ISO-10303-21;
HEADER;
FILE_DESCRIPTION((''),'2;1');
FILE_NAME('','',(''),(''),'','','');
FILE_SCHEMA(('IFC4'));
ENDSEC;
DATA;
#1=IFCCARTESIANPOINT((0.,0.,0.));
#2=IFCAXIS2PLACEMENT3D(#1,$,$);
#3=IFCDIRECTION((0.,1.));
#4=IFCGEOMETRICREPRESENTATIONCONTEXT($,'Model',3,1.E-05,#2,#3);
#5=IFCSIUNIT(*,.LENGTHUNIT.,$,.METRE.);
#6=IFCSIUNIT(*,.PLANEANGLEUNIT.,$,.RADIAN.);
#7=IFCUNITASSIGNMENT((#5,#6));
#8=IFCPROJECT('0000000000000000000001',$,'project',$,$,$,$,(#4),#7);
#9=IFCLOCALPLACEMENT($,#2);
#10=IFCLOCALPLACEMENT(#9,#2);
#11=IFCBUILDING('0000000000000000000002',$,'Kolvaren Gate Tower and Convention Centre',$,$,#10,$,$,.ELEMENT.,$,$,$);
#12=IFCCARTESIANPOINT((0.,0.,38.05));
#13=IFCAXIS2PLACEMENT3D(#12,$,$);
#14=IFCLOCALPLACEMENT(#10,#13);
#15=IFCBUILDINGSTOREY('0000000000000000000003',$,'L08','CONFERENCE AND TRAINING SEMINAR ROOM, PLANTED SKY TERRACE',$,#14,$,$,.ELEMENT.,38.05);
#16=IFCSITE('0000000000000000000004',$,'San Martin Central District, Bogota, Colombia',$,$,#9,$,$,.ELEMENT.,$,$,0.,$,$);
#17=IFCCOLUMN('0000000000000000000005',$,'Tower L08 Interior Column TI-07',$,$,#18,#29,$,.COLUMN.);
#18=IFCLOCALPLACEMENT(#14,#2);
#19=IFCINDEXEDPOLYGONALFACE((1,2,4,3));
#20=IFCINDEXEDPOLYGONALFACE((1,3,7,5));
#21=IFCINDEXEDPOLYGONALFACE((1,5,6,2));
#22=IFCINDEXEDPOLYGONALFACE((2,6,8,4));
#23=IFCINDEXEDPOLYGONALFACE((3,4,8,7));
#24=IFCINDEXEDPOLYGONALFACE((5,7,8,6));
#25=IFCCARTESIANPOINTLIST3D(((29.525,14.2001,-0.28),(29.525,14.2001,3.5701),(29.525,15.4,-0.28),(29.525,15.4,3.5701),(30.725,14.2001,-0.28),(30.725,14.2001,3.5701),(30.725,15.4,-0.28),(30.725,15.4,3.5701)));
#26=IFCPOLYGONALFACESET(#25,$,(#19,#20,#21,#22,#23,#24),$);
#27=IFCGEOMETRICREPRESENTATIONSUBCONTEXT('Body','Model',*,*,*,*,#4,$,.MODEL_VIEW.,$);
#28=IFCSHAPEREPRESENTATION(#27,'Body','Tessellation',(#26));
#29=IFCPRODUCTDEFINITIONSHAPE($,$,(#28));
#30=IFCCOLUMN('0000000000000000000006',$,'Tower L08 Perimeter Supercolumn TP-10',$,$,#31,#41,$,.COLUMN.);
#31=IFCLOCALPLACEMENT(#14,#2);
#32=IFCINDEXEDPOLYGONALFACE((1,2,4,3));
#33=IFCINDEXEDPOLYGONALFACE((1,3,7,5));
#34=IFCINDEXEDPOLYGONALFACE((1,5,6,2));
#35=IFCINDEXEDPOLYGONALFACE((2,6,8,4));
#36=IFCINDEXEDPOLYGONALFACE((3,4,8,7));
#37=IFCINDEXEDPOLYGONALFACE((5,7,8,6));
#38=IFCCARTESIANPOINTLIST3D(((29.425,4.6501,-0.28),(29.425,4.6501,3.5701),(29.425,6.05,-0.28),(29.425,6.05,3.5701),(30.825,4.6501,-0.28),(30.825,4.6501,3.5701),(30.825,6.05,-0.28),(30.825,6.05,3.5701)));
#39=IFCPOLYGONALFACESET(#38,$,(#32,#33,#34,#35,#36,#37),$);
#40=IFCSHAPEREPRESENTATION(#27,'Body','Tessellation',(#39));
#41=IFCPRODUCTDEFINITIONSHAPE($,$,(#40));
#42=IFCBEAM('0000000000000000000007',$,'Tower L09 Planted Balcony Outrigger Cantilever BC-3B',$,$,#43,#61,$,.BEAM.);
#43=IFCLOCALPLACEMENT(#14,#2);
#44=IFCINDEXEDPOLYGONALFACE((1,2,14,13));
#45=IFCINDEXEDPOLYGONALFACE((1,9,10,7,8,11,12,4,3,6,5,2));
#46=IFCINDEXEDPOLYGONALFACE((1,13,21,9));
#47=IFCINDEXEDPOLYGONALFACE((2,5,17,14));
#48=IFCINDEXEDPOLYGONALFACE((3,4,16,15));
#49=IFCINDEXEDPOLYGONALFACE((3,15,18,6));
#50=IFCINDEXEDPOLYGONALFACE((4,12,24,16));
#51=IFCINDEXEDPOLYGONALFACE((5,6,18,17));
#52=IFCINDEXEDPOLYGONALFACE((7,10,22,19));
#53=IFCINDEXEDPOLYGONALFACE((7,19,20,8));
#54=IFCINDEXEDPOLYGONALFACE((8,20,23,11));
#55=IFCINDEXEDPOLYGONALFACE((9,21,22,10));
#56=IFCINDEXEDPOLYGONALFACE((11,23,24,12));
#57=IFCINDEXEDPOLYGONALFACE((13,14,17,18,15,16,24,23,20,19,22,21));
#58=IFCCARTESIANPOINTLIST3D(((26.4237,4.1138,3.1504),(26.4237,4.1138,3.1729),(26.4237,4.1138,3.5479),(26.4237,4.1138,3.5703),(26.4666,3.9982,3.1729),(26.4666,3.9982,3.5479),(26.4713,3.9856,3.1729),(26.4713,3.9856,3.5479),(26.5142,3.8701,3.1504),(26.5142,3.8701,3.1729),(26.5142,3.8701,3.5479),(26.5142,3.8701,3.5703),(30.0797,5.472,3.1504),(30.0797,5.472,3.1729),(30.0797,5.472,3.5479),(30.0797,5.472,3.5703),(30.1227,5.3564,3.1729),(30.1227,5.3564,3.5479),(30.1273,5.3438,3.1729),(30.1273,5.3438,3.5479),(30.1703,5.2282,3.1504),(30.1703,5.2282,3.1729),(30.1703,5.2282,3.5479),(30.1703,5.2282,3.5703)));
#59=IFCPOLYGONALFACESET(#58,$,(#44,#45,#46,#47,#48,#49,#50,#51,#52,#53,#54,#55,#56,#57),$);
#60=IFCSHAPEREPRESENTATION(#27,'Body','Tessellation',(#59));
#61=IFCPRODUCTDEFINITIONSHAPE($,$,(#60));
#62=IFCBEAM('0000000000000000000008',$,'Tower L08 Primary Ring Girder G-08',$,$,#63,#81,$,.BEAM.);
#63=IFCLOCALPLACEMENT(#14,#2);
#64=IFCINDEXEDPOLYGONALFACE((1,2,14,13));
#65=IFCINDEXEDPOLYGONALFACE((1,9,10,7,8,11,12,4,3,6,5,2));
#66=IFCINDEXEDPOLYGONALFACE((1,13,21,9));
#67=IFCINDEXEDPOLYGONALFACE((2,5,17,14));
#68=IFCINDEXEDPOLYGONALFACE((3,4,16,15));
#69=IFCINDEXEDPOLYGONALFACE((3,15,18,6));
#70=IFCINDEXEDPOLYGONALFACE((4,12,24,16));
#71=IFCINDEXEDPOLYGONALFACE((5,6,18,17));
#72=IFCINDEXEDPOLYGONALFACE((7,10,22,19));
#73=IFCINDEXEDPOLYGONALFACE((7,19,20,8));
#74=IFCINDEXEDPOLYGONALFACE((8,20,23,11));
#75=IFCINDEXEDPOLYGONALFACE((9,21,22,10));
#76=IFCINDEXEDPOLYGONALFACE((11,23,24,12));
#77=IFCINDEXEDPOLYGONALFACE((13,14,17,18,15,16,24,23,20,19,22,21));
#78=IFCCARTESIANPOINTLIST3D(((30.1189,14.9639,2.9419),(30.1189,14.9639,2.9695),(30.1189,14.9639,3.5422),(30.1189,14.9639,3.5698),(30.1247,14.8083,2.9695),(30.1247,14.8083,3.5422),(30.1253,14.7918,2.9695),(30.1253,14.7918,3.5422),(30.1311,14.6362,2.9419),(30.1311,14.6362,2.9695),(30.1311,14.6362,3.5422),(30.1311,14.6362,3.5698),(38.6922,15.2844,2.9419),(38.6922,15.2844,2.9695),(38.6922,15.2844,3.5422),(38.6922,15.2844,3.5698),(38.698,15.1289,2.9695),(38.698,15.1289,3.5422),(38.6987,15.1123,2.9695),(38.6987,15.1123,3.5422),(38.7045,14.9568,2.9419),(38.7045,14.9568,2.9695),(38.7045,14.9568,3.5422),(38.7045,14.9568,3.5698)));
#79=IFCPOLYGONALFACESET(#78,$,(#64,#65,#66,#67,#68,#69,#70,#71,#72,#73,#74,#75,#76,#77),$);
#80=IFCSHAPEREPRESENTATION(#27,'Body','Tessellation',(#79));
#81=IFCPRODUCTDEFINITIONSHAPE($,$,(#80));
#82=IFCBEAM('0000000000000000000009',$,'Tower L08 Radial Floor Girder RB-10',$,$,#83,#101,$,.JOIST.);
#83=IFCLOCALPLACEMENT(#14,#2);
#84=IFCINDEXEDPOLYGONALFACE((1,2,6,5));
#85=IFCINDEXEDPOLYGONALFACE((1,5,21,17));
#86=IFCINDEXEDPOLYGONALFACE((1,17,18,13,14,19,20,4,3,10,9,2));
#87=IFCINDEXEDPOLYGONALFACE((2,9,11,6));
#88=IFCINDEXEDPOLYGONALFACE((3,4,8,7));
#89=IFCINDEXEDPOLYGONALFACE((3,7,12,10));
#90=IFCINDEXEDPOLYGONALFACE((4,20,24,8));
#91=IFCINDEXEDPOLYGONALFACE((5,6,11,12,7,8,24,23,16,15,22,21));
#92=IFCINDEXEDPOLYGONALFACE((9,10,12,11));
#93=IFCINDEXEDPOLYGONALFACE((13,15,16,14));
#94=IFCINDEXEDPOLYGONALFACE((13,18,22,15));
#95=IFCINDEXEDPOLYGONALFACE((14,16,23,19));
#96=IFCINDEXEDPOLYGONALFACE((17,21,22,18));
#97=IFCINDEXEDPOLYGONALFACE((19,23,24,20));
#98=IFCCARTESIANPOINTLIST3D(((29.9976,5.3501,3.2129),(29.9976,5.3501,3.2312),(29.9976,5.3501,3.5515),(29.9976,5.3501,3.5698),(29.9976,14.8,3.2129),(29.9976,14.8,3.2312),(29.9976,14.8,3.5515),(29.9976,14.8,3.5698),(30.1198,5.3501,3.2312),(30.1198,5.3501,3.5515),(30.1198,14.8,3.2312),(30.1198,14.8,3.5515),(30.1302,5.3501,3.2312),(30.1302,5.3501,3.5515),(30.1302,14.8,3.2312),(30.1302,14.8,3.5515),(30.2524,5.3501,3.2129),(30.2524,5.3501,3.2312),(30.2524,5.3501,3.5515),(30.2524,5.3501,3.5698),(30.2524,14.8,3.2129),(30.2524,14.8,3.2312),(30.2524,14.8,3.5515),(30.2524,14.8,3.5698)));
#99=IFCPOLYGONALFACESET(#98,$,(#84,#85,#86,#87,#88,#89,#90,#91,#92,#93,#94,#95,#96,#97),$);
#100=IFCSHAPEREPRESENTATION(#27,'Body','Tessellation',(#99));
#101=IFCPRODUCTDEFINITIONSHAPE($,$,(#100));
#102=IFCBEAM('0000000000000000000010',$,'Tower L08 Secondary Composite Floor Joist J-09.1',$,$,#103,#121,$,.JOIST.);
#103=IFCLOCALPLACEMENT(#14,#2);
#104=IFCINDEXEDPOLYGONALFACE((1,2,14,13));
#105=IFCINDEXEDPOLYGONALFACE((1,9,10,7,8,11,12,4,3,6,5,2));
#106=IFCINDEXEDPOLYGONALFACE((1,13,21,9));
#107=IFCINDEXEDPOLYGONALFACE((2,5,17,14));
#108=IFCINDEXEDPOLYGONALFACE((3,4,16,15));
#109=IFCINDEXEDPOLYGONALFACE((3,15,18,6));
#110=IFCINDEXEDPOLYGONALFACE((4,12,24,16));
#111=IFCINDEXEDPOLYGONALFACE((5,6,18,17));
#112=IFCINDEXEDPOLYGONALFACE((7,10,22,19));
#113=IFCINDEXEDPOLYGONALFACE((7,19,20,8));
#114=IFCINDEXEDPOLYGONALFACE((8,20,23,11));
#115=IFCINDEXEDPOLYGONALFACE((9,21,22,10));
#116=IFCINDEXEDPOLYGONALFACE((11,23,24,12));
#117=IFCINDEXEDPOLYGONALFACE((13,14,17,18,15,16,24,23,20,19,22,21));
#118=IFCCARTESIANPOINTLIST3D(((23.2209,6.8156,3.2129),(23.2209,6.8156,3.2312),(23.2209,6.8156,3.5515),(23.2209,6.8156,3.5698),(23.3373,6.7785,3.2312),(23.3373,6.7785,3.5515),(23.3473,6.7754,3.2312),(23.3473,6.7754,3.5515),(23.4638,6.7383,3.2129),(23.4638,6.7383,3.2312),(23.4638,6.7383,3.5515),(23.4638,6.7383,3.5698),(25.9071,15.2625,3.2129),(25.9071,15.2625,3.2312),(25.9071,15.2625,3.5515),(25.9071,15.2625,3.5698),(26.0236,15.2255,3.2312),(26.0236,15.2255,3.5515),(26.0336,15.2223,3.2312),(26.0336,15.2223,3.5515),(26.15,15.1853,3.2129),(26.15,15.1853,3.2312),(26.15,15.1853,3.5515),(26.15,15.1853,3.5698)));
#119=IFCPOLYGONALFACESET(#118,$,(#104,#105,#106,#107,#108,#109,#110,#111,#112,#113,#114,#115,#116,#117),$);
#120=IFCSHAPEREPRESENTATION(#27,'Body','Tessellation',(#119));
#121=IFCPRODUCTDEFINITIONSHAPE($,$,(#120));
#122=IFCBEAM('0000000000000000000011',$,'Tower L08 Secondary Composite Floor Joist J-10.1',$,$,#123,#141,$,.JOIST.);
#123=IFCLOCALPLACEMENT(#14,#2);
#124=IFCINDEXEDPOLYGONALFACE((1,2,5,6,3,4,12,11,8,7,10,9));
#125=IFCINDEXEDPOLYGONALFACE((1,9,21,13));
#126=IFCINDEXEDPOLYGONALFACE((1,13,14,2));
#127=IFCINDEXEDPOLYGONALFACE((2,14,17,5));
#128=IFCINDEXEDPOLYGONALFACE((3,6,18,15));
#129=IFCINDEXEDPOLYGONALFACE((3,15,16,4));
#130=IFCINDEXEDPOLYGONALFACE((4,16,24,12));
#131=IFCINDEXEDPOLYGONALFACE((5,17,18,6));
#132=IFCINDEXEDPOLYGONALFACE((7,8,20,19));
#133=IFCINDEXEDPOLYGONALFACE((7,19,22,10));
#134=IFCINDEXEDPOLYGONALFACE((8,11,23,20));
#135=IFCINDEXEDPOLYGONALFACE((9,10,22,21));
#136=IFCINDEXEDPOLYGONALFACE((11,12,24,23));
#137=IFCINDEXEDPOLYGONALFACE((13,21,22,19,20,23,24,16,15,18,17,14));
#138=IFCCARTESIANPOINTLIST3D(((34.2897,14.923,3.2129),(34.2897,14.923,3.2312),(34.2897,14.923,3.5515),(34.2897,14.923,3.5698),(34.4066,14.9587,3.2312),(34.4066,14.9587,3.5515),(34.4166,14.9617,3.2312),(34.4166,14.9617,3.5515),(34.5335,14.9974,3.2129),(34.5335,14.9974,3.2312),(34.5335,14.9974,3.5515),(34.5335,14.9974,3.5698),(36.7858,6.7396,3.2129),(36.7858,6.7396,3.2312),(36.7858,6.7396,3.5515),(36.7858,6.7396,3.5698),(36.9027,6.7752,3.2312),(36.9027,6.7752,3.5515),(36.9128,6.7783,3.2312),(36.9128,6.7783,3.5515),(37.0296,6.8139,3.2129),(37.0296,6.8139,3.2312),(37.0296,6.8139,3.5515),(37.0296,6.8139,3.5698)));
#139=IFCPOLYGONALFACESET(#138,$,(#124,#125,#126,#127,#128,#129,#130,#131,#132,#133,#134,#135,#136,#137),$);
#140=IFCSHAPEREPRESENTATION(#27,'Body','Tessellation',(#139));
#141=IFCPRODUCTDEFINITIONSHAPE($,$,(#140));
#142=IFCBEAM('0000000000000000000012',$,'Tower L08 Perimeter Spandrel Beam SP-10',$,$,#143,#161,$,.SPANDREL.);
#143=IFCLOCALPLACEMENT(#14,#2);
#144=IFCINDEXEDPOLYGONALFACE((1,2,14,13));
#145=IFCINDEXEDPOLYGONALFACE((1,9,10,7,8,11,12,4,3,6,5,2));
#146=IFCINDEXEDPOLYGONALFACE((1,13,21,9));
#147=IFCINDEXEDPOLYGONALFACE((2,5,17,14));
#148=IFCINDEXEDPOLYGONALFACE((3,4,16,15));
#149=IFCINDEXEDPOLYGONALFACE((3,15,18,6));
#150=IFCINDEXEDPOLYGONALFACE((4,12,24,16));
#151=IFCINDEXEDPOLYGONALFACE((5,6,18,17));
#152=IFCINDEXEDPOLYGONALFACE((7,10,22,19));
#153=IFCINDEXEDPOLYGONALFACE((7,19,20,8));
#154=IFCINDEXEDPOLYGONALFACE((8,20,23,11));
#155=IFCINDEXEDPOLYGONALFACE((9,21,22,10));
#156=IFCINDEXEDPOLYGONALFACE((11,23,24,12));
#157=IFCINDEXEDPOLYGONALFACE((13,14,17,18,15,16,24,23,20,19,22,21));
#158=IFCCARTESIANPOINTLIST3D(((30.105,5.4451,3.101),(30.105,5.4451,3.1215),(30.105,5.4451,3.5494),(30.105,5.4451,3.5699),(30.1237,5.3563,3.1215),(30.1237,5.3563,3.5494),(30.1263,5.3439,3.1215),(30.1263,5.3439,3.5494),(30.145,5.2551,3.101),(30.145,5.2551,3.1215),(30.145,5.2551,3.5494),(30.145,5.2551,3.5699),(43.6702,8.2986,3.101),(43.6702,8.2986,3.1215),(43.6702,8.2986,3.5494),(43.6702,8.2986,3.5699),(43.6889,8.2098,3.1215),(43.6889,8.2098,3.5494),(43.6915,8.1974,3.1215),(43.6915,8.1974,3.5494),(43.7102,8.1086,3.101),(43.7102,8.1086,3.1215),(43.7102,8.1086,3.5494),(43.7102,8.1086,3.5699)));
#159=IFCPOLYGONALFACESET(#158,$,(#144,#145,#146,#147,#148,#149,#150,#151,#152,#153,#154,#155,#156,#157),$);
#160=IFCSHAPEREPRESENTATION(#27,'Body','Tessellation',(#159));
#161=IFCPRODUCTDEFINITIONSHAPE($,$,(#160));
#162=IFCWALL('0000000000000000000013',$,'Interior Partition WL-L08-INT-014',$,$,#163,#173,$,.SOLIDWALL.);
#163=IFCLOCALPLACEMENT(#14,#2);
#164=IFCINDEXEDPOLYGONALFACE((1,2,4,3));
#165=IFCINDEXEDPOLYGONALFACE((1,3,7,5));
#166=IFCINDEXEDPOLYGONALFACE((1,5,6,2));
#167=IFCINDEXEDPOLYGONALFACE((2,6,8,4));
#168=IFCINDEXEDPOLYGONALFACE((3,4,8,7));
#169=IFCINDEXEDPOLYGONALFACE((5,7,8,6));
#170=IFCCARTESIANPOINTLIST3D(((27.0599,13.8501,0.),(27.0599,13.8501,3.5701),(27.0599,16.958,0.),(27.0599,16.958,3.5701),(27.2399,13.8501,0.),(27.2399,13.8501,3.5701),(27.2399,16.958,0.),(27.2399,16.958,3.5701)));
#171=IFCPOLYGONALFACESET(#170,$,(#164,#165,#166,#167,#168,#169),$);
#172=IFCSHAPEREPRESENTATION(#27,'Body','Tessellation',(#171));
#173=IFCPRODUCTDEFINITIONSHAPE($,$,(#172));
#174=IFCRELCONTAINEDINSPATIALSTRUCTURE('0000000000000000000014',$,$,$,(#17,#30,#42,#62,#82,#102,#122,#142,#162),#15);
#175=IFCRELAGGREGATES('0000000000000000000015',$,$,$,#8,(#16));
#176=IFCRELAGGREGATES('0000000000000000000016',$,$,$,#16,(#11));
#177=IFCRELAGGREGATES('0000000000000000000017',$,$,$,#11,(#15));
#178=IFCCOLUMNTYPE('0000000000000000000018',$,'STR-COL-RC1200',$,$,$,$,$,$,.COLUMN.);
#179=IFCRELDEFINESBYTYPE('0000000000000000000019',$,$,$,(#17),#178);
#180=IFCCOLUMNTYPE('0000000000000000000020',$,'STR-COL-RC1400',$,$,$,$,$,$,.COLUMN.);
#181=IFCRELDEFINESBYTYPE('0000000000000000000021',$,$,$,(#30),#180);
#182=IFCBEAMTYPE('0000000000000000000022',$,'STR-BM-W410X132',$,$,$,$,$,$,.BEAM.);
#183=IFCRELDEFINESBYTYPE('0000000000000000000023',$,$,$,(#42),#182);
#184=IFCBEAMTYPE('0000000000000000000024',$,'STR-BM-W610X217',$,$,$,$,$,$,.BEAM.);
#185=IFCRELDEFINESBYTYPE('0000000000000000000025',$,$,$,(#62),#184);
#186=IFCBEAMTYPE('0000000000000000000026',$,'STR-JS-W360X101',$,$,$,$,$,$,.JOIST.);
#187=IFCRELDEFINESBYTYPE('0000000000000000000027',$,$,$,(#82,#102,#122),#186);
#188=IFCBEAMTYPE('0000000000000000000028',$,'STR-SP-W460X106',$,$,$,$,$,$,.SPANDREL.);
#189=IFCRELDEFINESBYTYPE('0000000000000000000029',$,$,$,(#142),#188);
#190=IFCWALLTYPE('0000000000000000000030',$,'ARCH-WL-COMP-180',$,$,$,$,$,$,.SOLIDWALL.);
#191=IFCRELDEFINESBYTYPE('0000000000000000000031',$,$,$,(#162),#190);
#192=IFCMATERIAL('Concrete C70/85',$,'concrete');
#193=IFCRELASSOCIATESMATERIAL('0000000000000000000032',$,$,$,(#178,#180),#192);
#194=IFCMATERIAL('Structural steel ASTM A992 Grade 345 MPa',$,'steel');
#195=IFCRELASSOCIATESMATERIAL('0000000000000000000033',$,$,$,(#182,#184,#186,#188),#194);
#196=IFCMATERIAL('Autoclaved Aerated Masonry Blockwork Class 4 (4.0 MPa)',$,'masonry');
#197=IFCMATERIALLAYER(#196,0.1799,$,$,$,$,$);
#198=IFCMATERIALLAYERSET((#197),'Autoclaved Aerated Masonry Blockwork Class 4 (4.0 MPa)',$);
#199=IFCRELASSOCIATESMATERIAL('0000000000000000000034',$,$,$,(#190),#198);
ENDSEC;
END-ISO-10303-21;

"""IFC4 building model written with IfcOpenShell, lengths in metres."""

from ifc_helpers import new_model, si_unit, direction, frame, frame_2d, origin, origin_2d, place, context, subcontext, project, spatial, rectangle, i_section, extrude, material, layer, layer_set, material_profile, profile_set, type_object, element, save


model = new_model("IFC4")

# Units and contexts
model_context = context("Model", 3, precision=1e-05, world=origin(), true_north=direction((0.0, 1.0)))
body_context = subcontext(model_context, "Body", "Model", "MODEL_VIEW")
ifc_project = project(units=[si_unit("LENGTHUNIT", "METRE"), si_unit("PLANEANGLEUNIT", "RADIAN")], contexts=[model_context])

# Site, building, storey
site_placement = place(None, origin())
site = spatial("IfcSite", under=ifc_project, at=site_placement, Name="San Martin Central District, Bogota, Colombia", CompositionType="ELEMENT", RefElevation=0.0)
building_placement = place(site_placement, origin())
building = spatial("IfcBuilding", under=site, at=building_placement, Name="Kolvaren Gate Tower and Convention Centre", CompositionType="ELEMENT")
storey_placement = place(building_placement, frame((0.0, 0.0, 38.05)))
storey = spatial("IfcBuildingStorey", under=building, at=storey_placement, Name="L08", Description="CONFERENCE AND TRAINING SEMINAR ROOM, PLANTED SKY TERRACE", CompositionType="ELEMENT", Elevation=38.05)

# Columns
ifc_material_1 = material(Name="Concrete C70/85", Category="concrete")
ifc_material_profile_1 = material_profile(ifc_material_1, rectangle(XDim=1.2, YDim=1.2, at=origin_2d()), Name="RC-COL-1200X1200")
ifc_profile_set_1 = profile_set([ifc_material_profile_1], Name="Concrete C70/85")
column_type_1 = type_object("IfcColumnType", Name="STR-COL-RC1200", PredefinedType="COLUMN", material=ifc_profile_set_1)
column_1_placement = place(storey_placement, frame((30.125, 14.8, -0.28), z_axis=(0.0, 0.0, 1.0), x_axis=(1.0, 0.0, 0.0)))
element("IfcColumn", 1, at=column_1_placement, inside=storey, type_object=column_type_1, Name="Tower L08 Interior Column TI-07", PredefinedType="COLUMN", context=body_context, shape_type="SweptSolid", body=[
    extrude(rectangle(XDim=1.2, YDim=1.2, at=origin_2d()), origin(), (0.0, 0.0, 1.0), 3.8501),
])
ifc_material_profile_2 = material_profile(ifc_material_1, rectangle(XDim=1.3999, YDim=1.3999, at=origin_2d()), Name="RC-COL-1400X1400")
ifc_profile_set_2 = profile_set([ifc_material_profile_2], Name="Concrete C70/85")
column_type_2 = type_object("IfcColumnType", Name="STR-COL-RC1400", PredefinedType="COLUMN", material=ifc_profile_set_2)
column_2_placement = place(storey_placement, frame((30.125, 5.3501, -0.28), z_axis=(0.0, 0.0, 1.0), x_axis=(1.0, 0.0, 0.0)))
element("IfcColumn", 2, at=column_2_placement, inside=storey, type_object=column_type_2, Name="Tower L08 Perimeter Supercolumn TP-10", PredefinedType="COLUMN", context=body_context, shape_type="SweptSolid", body=[
    extrude(rectangle(XDim=1.3999, YDim=1.3999, at=origin_2d()), origin(), (0.0, 0.0, 1.0), 3.8501),
])

# Beams
ifc_material_2 = material(Name="Structural steel ASTM A992 Grade 345 MPa", Category="steel")
ifc_material_profile_3 = material_profile(ifc_material_2, i_section(OverallWidth=0.26, OverallDepth=0.4199, WebThickness=0.0134, FlangeThickness=0.0225, at=origin_2d()), Name="W410X132")
ifc_profile_set_3 = profile_set([ifc_material_profile_3], Name="Structural steel ASTM A992 Grade 345 MPa")
beam_type_1 = type_object("IfcBeamType", Name="STR-BM-W410X132", PredefinedType="BEAM", material=ifc_profile_set_3)
beam_1_placement = place(storey_placement, frame((30.125, 5.3501, 3.3604), z_axis=(-0.937408, -0.348234, 0.0), x_axis=(0.348234, -0.937408, 0.0)))
element("IfcBeam", 3, at=beam_1_placement, inside=storey, type_object=beam_type_1, Name="Tower L09 Planted Balcony Outrigger Cantilever BC-3B", PredefinedType="BEAM", context=body_context, shape_type="SweptSolid", body=[
    extrude(i_section(OverallWidth=0.26, OverallDepth=0.4199, WebThickness=0.0134, FlangeThickness=0.0225, at=origin_2d()), origin(), (0.0, 0.0, 1.0), 3.9001),
])
ifc_material_profile_4 = material_profile(ifc_material_2, i_section(OverallWidth=0.3279, OverallDepth=0.6279, WebThickness=0.0166, FlangeThickness=0.0276, at=origin_2d()), Name="W610X217")
ifc_profile_set_4 = profile_set([ifc_material_profile_4], Name="Structural steel ASTM A992 Grade 345 MPa")
beam_type_2 = type_object("IfcBeamType", Name="STR-BM-W610X217", PredefinedType="BEAM", material=ifc_profile_set_4)
beam_2_placement = place(storey_placement, frame((30.125, 14.8, 3.2559), z_axis=(0.999302, 0.037364, 0.0), x_axis=(-0.037364, 0.999302, 0.0)))
element("IfcBeam", 4, at=beam_2_placement, inside=storey, type_object=beam_type_2, Name="Tower L08 Primary Ring Girder G-08", PredefinedType="BEAM", context=body_context, shape_type="SweptSolid", body=[
    extrude(i_section(OverallWidth=0.3279, OverallDepth=0.6279, WebThickness=0.0166, FlangeThickness=0.0276, at=origin_2d()), origin(), (0.0, 0.0, 1.0), 8.5793),
])
ifc_material_profile_5 = material_profile(ifc_material_2, i_section(OverallWidth=0.2549, OverallDepth=0.3569, WebThickness=0.0105, FlangeThickness=0.0183, at=origin_2d()), Name="W360X101")
ifc_profile_set_5 = profile_set([ifc_material_profile_5], Name="Structural steel ASTM A992 Grade 345 MPa")
beam_type_3 = type_object("IfcBeamType", Name="STR-JS-W360X101", PredefinedType="JOIST", material=ifc_profile_set_5)
beam_3_placement = place(storey_placement, frame((30.125, 14.8, 3.3914), z_axis=(0.0, -1.0, 0.0), x_axis=(1.0, 0.0, 0.0)))
element("IfcBeam", 5, at=beam_3_placement, inside=storey, type_object=beam_type_3, Name="Tower L08 Radial Floor Girder RB-10", PredefinedType="JOIST", context=body_context, shape_type="SweptSolid", body=[
    extrude(i_section(OverallWidth=0.2549, OverallDepth=0.3569, WebThickness=0.0105, FlangeThickness=0.0183, at=origin_2d()), origin(), (0.0, 0.0, 1.0), 9.45),
])
beam_4_placement = place(storey_placement, frame((26.0286, 15.2239, 3.3914), z_axis=(-0.303059, -0.952972, 0.0), x_axis=(0.952972, -0.303059, 0.0)))
element("IfcBeam", 6, at=beam_4_placement, inside=storey, type_object=beam_type_3, Name="Tower L08 Secondary Composite Floor Joist J-09.1", PredefinedType="JOIST", context=body_context, shape_type="SweptSolid", body=[
    extrude(i_section(OverallWidth=0.2549, OverallDepth=0.3569, WebThickness=0.0105, FlangeThickness=0.0183, at=origin_2d()), origin(), (0.0, 0.0, 1.0), 8.8638),
])
beam_5_placement = place(storey_placement, frame((34.4116, 14.9602, 3.3914), z_axis=(0.291751, -0.956494, 0.0), x_axis=(0.956494, 0.291751, 0.0)))
element("IfcBeam", 7, at=beam_5_placement, inside=storey, type_object=beam_type_3, Name="Tower L08 Secondary Composite Floor Joist J-10.1", PredefinedType="JOIST", context=body_context, shape_type="SweptSolid", body=[
    extrude(i_section(OverallWidth=0.2549, OverallDepth=0.3569, WebThickness=0.0105, FlangeThickness=0.0183, at=origin_2d()), origin(), (0.0, 0.0, 1.0), 8.5557),
])
ifc_material_profile_6 = material_profile(ifc_material_2, i_section(OverallWidth=0.1941, OverallDepth=0.469, WebThickness=0.0127, FlangeThickness=0.0205, at=origin_2d()), Name="W460X106")
ifc_profile_set_6 = profile_set([ifc_material_profile_6], Name="Structural steel ASTM A992 Grade 345 MPa")
beam_type_4 = type_object("IfcBeamType", Name="STR-SP-W460X106", PredefinedType="SPANDREL", material=ifc_profile_set_6)
beam_6_placement = place(storey_placement, frame((30.125, 5.3501, 3.3354), z_axis=(0.978583, 0.205851, 0.0), x_axis=(-0.205851, 0.978583, 0.0)))
element("IfcBeam", 8, at=beam_6_placement, inside=storey, type_object=beam_type_4, Name="Tower L08 Perimeter Spandrel Beam SP-10", PredefinedType="SPANDREL", context=body_context, shape_type="SweptSolid", body=[
    extrude(i_section(OverallWidth=0.1941, OverallDepth=0.469, WebThickness=0.0127, FlangeThickness=0.0205, at=origin_2d()), origin(), (0.0, 0.0, 1.0), 13.8621),
])

# Wall
ifc_material_3 = material(Name="Autoclaved Aerated Masonry Blockwork Class 4 (4.0 MPa)", Category="masonry")
ifc_layer_1 = layer(ifc_material_3, 0.1799)
ifc_layer_set_1 = layer_set([ifc_layer_1], Name="Autoclaved Aerated Masonry Blockwork Class 4 (4.0 MPa)")
wall_type_1 = type_object("IfcWallType", Name="ARCH-WL-COMP-180", PredefinedType="SOLIDWALL", material=ifc_layer_set_1)
wall_1_placement = place(storey_placement, frame((27.1499, 13.8501, 0.0), z_axis=(0.0, 0.0, 1.0), x_axis=(0.0, 1.0, 0.0)))
element("IfcWall", 9, at=wall_1_placement, inside=storey, type_object=wall_type_1, Name="Interior Partition WL-L08-INT-014", PredefinedType="SOLIDWALL", context=body_context, shape_type="SweptSolid", body=[
    extrude(rectangle(XDim=3.1079, YDim=0.1799, at=frame_2d((1.554, 0.0))), origin(), (0.0, 0.0, 1.0), 3.5701),
])

save(model, "model.ifc")
